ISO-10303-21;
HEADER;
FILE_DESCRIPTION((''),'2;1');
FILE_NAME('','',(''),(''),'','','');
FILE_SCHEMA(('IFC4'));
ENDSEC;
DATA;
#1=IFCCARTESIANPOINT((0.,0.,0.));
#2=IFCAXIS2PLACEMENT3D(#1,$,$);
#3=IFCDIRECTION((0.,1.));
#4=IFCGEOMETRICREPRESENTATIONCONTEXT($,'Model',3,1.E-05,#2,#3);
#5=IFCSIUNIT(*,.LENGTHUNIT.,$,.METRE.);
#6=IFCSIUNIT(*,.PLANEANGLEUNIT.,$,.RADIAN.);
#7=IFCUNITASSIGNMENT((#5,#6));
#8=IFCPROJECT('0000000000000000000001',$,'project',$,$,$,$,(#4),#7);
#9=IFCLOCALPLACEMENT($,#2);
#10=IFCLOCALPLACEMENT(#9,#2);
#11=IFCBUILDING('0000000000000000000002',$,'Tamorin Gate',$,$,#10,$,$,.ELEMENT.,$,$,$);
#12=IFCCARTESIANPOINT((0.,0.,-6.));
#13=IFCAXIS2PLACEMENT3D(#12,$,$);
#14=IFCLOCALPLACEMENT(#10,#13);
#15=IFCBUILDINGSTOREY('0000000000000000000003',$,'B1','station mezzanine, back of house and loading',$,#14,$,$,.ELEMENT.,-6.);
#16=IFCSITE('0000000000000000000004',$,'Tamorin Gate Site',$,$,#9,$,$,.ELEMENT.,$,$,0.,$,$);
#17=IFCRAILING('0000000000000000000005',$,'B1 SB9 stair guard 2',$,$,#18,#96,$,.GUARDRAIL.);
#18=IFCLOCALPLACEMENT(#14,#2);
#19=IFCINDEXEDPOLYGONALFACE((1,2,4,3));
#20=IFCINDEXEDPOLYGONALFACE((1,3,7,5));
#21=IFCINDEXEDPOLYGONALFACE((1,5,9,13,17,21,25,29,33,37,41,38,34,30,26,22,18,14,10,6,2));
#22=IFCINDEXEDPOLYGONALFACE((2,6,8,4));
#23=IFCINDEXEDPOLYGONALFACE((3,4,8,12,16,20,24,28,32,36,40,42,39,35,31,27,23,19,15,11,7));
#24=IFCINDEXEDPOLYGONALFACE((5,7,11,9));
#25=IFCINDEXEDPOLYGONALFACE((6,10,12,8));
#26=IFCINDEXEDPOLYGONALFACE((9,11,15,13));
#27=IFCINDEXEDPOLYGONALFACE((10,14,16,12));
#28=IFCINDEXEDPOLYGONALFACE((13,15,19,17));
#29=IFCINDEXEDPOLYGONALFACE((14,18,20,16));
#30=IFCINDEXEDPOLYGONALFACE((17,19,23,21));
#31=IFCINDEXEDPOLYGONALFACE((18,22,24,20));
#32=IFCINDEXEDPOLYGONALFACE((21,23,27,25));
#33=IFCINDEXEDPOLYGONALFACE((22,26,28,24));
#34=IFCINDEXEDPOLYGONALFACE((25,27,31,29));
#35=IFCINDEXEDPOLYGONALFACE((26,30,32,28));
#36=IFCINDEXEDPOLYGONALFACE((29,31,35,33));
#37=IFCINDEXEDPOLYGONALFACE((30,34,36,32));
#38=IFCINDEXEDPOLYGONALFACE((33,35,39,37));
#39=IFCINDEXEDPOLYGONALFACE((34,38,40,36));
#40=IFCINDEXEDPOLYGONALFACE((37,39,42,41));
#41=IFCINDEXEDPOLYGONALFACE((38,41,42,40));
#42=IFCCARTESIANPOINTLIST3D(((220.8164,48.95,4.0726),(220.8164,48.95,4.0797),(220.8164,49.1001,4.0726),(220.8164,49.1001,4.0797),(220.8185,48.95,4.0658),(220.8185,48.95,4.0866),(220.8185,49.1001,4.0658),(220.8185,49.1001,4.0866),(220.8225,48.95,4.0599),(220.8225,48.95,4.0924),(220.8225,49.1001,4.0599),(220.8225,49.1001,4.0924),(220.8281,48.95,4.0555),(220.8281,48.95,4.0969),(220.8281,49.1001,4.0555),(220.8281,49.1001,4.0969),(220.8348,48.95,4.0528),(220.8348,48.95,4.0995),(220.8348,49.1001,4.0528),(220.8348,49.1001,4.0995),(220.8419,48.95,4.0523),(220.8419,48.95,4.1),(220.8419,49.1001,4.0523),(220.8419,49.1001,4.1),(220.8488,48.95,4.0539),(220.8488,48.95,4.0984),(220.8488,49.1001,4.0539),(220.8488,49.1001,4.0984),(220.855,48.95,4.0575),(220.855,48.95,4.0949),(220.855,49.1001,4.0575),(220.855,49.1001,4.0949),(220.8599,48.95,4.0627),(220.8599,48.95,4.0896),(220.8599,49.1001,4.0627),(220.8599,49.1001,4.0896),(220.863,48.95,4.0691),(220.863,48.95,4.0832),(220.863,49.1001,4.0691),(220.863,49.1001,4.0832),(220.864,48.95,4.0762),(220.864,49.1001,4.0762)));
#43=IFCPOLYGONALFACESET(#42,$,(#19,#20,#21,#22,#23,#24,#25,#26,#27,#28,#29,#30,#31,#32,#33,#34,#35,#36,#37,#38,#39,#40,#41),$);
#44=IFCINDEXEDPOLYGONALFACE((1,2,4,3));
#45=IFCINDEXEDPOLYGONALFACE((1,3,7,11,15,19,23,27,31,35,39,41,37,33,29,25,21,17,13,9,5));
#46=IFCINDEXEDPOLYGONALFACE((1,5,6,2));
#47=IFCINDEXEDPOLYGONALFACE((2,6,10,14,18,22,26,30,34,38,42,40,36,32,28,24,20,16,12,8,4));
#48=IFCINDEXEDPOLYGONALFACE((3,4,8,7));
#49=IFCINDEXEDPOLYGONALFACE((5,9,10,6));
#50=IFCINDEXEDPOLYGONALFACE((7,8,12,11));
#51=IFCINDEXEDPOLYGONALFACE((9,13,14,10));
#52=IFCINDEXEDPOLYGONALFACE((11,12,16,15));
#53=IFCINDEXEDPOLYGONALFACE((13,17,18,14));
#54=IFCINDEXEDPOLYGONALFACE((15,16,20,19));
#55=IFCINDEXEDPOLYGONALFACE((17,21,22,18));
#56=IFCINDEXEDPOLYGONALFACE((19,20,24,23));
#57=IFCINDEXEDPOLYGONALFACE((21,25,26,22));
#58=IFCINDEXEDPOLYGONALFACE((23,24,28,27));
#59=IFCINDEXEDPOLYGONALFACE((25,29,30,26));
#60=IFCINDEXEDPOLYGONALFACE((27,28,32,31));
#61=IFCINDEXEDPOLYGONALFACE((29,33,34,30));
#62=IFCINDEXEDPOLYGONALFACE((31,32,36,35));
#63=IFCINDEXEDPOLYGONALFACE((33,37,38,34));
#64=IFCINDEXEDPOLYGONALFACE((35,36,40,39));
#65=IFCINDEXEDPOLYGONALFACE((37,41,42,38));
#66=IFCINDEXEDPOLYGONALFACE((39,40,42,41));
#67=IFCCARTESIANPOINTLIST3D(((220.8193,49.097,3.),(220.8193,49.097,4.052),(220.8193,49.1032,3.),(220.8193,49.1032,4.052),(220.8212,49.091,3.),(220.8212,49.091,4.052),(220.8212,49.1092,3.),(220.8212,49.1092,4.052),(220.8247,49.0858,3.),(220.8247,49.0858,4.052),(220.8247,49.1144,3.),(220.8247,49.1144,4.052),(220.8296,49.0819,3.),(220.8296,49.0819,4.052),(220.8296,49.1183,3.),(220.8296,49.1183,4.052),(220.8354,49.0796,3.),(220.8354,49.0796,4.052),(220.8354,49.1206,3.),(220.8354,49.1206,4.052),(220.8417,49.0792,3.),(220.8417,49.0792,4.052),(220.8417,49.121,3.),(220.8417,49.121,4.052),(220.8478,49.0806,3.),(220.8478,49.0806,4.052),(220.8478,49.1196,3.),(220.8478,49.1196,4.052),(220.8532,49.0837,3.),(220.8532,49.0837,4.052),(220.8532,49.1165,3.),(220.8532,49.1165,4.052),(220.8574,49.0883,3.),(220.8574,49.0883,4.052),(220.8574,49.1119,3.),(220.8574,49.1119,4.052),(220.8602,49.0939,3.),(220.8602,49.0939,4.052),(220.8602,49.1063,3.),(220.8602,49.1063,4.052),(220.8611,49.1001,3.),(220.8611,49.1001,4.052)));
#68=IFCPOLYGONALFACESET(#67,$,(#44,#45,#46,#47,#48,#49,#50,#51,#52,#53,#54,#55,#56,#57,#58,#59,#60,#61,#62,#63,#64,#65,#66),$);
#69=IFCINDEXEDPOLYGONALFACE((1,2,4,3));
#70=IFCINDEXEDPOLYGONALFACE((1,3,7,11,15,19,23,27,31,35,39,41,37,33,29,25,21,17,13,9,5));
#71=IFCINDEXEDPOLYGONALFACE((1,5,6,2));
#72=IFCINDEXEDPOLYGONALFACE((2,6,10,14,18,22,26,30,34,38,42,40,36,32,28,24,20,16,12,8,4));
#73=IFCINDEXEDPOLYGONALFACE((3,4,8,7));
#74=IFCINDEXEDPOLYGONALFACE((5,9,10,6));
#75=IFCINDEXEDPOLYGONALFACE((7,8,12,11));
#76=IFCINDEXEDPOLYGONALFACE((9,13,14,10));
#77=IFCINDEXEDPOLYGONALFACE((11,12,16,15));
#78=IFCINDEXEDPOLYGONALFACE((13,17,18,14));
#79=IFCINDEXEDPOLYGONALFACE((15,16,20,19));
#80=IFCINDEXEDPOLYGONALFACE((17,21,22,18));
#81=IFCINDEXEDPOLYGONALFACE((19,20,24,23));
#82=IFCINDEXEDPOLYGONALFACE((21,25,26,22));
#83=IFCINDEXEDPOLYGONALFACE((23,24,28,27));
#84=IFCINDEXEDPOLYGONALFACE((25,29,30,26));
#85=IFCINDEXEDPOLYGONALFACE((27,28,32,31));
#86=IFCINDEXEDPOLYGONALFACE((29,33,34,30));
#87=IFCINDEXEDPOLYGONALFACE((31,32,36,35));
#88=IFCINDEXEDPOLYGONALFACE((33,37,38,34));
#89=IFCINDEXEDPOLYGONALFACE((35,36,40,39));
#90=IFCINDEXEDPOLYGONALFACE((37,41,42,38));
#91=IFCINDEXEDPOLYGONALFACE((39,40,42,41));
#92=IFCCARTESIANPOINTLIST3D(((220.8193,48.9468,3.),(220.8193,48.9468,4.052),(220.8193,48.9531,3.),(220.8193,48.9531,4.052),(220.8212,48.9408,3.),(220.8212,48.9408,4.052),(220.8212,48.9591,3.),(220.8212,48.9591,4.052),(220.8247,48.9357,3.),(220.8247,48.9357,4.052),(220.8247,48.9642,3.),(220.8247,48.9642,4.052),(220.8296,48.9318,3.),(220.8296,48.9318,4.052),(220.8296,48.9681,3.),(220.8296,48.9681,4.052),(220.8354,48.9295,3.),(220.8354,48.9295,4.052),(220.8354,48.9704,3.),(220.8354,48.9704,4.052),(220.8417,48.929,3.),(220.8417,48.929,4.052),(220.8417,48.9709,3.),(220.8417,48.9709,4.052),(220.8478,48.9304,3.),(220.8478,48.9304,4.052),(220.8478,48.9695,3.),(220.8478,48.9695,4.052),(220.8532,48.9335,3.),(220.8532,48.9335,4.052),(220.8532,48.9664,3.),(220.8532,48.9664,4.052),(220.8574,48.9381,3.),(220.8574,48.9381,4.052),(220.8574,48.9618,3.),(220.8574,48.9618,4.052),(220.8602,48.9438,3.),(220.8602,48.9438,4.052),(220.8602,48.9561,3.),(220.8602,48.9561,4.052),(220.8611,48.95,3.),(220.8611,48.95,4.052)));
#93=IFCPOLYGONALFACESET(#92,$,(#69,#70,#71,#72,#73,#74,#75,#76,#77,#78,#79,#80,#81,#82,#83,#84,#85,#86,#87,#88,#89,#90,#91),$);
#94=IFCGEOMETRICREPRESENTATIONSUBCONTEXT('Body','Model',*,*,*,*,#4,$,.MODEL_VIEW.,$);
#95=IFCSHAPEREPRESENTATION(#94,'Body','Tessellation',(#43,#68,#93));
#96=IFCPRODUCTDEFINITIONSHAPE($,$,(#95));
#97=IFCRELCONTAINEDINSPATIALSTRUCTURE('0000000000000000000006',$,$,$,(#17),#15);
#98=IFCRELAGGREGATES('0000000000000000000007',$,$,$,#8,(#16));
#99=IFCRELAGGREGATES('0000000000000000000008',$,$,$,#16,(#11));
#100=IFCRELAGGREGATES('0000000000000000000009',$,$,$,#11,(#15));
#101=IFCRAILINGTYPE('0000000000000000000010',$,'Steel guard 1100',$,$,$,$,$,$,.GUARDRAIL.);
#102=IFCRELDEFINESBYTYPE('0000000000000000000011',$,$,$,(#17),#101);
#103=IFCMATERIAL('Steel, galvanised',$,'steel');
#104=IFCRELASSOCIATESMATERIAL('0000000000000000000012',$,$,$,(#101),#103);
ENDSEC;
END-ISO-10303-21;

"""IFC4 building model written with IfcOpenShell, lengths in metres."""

from ifc_helpers import new_model, si_unit, direction, frame, origin, origin_2d, place, context, subcontext, project, spatial, circle, extrude, material, type_object, element, save


model = new_model("IFC4")

# Units and contexts
model_context = context("Model", 3, precision=1e-05, world=origin(), true_north=direction((0.0, 1.0)))
body_context = subcontext(model_context, "Body", "Model", "MODEL_VIEW")
ifc_project = project(units=[si_unit("LENGTHUNIT", "METRE"), si_unit("PLANEANGLEUNIT", "RADIAN")], contexts=[model_context])

# Site, building, storey
site_placement = place(None, origin())
site = spatial("IfcSite", under=ifc_project, at=site_placement, Name="Tamorin Gate Site", CompositionType="ELEMENT", RefElevation=0.0)
building_placement = place(site_placement, origin())
building = spatial("IfcBuilding", under=site, at=building_placement, Name="Tamorin Gate", CompositionType="ELEMENT")
storey_placement = place(building_placement, frame((0.0, 0.0, -6.0)))
storey = spatial("IfcBuildingStorey", under=building, at=storey_placement, Name="B1", Description="station mezzanine, back of house and loading", CompositionType="ELEMENT", Elevation=-6.0)

# Railing
ifc_material_1 = material(Name="Steel, galvanised", Category="steel")
railing_type_1 = type_object("IfcRailingType", Name="Steel guard 1100", PredefinedType="GUARDRAIL", material=ifc_material_1)
railing_1_placement = place(storey_placement, frame((220.8401, 49.1001, 3.0)))
element("IfcRailing", 1, at=railing_1_placement, inside=storey, type_object=railing_type_1, Name="B1 SB9 stair guard 2", PredefinedType="GUARDRAIL", context=body_context, shape_type="SweptSolid", body=[
    extrude(circle(Radius=0.0239, at=origin_2d()), frame((0.0, 0.0, 1.0762), z_axis=(0.0, -1.0, 0.0), x_axis=(1.0, 0.0, 0.0)), (0.0, 0.0, 1.0), 0.1501),
    extrude(circle(Radius=0.021, at=origin_2d()), origin(), (0.0, 0.0, 1.0), 1.052),
    extrude(circle(Radius=0.021, at=origin_2d()), frame((0.0, -0.1501, 0.0)), (0.0, 0.0, 1.0), 1.052),
])

save(model, "model.ifc")
